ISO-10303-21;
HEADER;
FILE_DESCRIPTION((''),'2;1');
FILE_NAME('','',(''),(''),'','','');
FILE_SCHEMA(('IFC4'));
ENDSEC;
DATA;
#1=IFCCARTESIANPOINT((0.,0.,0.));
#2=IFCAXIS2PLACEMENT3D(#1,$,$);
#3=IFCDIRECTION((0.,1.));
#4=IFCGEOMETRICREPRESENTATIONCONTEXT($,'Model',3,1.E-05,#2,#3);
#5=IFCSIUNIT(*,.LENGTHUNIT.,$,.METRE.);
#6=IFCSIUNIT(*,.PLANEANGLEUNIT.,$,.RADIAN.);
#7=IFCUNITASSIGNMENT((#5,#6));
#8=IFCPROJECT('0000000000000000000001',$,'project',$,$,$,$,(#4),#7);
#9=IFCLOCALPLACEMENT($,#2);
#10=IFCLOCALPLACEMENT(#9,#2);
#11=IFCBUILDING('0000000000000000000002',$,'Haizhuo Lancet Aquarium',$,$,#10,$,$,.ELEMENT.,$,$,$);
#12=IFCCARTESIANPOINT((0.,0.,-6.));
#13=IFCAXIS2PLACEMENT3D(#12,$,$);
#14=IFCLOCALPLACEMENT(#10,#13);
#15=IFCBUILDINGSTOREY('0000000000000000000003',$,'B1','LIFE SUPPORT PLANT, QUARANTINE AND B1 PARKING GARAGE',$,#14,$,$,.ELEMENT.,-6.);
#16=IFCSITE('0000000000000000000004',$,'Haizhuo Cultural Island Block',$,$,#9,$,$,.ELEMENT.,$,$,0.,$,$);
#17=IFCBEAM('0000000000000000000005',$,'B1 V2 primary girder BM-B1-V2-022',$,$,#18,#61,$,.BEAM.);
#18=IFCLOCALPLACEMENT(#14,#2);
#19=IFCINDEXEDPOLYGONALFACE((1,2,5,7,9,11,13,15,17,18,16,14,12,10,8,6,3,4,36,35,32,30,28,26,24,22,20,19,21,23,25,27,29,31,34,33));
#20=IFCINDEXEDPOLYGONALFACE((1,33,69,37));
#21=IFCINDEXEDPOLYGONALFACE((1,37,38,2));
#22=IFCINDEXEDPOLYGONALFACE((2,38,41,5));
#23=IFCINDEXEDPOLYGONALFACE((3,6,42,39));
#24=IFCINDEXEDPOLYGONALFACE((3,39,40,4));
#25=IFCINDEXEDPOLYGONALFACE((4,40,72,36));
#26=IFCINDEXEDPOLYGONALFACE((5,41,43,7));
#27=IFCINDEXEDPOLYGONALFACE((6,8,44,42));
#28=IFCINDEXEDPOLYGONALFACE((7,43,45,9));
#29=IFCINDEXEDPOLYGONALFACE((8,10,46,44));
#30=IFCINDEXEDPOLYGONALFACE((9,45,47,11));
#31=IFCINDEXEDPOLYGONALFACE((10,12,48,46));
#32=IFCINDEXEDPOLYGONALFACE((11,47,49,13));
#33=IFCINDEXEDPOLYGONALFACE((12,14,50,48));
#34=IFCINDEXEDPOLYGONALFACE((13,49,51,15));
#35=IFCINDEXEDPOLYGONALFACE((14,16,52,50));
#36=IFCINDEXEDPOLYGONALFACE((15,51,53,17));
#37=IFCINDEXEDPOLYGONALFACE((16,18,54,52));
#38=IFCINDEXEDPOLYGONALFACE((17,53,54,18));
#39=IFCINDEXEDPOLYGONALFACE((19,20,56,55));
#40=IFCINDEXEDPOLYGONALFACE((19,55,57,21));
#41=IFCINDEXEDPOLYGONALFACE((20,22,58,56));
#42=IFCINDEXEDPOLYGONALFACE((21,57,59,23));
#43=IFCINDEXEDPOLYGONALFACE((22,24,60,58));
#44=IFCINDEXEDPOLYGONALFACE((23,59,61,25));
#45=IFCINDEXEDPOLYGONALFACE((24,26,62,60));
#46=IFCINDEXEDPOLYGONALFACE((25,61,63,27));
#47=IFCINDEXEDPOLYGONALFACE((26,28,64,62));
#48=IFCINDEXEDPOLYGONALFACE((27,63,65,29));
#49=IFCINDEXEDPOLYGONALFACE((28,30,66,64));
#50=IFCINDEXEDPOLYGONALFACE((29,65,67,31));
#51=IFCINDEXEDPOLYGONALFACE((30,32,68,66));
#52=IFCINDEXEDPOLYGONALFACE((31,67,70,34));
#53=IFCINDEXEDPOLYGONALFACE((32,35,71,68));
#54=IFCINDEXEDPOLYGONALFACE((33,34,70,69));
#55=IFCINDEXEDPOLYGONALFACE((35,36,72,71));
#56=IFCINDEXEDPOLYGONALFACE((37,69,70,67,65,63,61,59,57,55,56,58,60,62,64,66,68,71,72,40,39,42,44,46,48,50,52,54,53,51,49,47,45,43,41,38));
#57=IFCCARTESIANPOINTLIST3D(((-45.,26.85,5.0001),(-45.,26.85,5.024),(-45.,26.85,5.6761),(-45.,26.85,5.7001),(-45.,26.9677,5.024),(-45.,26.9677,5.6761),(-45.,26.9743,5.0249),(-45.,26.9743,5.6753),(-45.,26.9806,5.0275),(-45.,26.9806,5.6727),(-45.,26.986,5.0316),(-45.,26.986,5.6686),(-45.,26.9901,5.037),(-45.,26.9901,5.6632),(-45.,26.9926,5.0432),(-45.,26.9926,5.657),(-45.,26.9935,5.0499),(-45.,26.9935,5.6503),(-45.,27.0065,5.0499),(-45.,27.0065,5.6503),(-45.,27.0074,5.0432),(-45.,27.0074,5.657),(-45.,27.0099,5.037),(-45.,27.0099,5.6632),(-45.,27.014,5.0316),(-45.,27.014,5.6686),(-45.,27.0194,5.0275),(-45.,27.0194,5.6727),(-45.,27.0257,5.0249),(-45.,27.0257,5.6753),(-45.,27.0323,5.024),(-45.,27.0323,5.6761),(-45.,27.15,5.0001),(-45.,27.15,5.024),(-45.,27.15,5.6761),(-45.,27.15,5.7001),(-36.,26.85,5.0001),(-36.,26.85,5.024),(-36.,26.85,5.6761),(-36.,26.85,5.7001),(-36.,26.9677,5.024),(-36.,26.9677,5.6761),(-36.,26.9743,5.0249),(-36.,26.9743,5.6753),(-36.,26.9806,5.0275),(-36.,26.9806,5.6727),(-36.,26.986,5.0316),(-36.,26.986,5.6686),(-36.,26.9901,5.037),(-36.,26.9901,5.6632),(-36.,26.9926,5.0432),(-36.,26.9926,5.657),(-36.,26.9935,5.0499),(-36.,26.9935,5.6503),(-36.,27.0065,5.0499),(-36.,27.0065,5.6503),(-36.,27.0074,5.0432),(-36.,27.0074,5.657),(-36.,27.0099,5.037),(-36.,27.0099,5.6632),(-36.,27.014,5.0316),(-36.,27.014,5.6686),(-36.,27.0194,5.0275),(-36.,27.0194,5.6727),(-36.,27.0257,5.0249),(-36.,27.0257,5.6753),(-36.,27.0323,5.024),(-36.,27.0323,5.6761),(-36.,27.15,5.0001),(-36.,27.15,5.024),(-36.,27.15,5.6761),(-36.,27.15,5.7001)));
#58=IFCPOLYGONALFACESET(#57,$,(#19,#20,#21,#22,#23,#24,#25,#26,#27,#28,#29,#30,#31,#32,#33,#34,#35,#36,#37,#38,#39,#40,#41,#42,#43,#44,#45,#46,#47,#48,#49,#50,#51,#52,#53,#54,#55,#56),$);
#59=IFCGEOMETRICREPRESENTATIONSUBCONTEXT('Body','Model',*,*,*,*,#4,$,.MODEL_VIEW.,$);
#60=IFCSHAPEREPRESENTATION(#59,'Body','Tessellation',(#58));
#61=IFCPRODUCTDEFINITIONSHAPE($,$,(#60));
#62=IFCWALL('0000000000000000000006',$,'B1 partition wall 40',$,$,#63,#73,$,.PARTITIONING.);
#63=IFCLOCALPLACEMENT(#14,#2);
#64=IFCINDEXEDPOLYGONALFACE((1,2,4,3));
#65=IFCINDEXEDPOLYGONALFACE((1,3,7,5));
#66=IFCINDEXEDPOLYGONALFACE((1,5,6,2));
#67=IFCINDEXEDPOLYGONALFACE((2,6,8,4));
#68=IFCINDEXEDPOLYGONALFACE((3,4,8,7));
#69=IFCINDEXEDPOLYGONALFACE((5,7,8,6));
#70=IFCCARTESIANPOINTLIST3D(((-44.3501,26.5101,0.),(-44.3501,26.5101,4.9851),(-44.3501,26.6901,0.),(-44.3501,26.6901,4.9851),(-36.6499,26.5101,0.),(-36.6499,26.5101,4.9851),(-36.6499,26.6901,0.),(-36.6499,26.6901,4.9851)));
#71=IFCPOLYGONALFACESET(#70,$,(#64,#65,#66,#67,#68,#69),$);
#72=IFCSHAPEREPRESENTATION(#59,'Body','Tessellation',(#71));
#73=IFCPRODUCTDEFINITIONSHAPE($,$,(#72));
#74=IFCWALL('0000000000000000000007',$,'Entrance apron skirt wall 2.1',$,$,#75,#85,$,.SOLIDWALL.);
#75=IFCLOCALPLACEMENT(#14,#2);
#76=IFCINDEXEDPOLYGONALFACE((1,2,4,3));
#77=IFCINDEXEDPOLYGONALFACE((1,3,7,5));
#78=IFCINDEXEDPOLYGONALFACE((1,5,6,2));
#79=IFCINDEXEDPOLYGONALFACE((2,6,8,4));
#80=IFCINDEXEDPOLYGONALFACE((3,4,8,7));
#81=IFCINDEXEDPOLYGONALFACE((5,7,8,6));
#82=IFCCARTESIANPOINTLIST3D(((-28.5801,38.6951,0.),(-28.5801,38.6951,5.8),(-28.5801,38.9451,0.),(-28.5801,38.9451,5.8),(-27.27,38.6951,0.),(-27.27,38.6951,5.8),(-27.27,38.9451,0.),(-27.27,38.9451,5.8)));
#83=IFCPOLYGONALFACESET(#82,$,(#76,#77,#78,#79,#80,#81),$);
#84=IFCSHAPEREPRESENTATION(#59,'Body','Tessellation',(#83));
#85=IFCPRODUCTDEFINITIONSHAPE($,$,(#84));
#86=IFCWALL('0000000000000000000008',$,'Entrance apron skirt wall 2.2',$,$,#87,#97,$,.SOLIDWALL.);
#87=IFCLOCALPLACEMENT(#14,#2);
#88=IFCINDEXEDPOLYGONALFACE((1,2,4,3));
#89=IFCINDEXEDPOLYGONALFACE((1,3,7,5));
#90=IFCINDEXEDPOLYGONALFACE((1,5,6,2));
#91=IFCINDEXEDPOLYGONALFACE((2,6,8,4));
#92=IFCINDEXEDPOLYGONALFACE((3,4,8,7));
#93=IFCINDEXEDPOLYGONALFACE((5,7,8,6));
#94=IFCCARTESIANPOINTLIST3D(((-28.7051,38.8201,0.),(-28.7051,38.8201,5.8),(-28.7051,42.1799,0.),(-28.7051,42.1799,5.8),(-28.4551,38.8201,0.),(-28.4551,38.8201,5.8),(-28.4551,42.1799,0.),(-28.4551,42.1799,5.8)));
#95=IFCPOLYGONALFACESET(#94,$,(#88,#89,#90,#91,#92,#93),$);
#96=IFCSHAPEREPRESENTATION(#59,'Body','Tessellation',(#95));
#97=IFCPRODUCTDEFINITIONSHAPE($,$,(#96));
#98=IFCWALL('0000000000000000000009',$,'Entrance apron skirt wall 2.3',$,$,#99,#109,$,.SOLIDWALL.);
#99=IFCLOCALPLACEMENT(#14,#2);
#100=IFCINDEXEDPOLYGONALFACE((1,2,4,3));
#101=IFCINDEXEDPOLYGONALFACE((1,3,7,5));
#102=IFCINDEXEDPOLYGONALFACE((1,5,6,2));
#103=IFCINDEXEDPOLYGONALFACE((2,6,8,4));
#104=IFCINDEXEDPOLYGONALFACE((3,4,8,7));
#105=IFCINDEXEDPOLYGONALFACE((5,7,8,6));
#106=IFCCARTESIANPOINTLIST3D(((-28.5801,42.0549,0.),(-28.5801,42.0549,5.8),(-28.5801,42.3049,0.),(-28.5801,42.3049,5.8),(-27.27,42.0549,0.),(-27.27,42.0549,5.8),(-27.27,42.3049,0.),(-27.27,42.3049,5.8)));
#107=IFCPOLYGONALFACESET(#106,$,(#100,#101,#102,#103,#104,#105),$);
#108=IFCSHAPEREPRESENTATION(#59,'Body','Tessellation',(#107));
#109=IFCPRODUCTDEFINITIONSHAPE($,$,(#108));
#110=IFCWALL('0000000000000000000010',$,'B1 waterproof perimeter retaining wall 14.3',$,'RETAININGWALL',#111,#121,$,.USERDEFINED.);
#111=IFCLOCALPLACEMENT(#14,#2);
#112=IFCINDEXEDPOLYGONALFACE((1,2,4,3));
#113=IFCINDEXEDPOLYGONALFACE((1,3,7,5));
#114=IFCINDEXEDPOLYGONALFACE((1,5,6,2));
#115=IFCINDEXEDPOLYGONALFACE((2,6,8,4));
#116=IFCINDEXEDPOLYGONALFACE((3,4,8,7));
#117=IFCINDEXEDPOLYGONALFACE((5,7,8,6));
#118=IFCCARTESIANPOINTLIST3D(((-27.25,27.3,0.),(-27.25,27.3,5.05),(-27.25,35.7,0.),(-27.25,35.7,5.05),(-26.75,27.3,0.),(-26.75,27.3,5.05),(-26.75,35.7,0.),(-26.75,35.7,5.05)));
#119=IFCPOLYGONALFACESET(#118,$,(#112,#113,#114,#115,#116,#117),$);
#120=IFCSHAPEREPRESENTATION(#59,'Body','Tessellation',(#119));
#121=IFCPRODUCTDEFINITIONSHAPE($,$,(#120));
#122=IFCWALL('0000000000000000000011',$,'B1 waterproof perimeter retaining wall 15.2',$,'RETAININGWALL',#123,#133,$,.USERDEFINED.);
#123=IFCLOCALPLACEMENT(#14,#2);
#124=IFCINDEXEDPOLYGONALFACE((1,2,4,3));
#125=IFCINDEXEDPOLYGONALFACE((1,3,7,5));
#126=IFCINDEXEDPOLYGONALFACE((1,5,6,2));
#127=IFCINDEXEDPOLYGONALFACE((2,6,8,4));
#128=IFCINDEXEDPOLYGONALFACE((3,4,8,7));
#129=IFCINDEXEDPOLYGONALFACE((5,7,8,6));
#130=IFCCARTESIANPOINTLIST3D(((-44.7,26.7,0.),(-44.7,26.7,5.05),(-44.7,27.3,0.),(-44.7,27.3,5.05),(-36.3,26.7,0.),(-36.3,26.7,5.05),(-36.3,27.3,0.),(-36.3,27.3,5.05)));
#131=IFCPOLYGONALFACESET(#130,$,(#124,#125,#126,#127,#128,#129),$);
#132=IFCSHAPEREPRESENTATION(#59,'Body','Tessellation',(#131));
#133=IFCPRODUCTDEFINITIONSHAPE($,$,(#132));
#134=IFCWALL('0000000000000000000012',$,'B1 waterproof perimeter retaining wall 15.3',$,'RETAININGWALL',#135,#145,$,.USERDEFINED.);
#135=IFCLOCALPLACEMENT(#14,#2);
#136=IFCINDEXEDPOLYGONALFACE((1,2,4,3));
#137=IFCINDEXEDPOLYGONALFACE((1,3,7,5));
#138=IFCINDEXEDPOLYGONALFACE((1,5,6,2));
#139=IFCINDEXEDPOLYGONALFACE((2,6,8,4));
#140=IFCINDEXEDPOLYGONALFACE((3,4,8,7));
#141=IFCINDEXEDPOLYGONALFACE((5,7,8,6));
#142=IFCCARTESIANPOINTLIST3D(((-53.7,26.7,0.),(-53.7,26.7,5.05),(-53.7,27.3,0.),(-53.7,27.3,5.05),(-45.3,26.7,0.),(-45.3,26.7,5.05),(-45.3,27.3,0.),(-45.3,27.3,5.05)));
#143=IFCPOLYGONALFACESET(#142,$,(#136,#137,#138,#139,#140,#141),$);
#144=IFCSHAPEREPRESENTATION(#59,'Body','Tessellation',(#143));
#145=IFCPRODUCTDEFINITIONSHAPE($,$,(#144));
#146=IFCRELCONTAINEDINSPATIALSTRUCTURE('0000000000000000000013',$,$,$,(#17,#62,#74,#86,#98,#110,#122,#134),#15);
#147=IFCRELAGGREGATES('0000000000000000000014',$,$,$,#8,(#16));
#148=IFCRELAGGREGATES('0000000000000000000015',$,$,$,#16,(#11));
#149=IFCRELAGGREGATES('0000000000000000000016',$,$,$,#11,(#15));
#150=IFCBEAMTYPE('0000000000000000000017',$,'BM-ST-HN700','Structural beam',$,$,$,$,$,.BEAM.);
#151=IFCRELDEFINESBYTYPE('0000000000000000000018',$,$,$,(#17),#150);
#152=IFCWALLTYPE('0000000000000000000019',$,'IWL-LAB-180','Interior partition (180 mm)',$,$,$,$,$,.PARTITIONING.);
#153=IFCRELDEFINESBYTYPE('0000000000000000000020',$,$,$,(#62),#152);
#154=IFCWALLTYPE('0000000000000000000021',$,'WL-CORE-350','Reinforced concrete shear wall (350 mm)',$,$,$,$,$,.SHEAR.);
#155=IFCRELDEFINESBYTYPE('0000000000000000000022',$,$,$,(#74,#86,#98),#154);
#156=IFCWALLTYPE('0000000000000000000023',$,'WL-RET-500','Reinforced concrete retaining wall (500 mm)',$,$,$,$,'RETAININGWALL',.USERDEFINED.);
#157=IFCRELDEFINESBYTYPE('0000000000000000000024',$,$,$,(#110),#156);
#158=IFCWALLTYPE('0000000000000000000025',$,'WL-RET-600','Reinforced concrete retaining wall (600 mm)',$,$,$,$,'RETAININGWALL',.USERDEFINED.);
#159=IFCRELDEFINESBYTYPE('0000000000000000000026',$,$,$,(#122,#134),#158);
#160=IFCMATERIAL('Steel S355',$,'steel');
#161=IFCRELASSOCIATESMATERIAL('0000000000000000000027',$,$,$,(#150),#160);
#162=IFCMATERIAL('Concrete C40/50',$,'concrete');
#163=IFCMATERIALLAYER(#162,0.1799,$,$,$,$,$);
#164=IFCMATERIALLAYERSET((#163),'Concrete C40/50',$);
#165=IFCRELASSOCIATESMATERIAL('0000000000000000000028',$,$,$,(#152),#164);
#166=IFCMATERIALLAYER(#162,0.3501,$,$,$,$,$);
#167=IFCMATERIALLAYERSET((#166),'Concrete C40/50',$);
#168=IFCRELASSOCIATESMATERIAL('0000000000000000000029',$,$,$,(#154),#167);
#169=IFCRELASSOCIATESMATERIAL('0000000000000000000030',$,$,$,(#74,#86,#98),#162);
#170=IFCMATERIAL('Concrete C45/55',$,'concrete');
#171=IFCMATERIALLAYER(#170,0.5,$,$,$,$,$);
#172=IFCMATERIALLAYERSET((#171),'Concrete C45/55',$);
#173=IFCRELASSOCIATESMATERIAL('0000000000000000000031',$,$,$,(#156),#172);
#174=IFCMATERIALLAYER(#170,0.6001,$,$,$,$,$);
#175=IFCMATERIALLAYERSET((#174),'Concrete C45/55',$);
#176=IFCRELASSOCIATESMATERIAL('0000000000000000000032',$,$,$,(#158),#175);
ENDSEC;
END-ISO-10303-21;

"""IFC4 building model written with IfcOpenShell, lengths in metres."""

from ifc_helpers import new_model, si_unit, direction, frame, frame_2d, origin, origin_2d, place, context, subcontext, project, spatial, rectangle, i_section, extrude, material, layer, layer_set, material_profile, profile_set, type_object, element, save


model = new_model("IFC4")

# Units and contexts
model_context = context("Model", 3, precision=1e-05, world=origin(), true_north=direction((0.0, 1.0)))
body_context = subcontext(model_context, "Body", "Model", "MODEL_VIEW")
ifc_project = project(units=[si_unit("LENGTHUNIT", "METRE"), si_unit("PLANEANGLEUNIT", "RADIAN")], contexts=[model_context])

# Site, building, storey
site_placement = place(None, origin())
site = spatial("IfcSite", under=ifc_project, at=site_placement, Name="Haizhuo Cultural Island Block", CompositionType="ELEMENT", RefElevation=0.0)
building_placement = place(site_placement, origin())
building = spatial("IfcBuilding", under=site, at=building_placement, Name="Haizhuo Lancet Aquarium", CompositionType="ELEMENT")
storey_placement = place(building_placement, frame((0.0, 0.0, -6.0)))
storey = spatial("IfcBuildingStorey", under=building, at=storey_placement, Name="B1", Description="LIFE SUPPORT PLANT, QUARANTINE AND B1 PARKING GARAGE", CompositionType="ELEMENT", Elevation=-6.0)

# Shared definitions
ifc_material_1 = material(Name="Concrete C40/50", Category="concrete")

# Beam
ifc_material_2 = material(Name="Steel S355", Category="steel")
ifc_material_profile_1 = material_profile(ifc_material_2, i_section(OverallWidth=0.3, OverallDepth=0.7, WebThickness=0.0129, FlangeThickness=0.0239, FilletRadius=0.0259, at=origin_2d()), Name="HN 700x300x13x24")
ifc_profile_set_1 = profile_set([ifc_material_profile_1], Name="Steel S355")
beam_type = type_object("IfcBeamType", Name="BM-ST-HN700", Description="Structural beam", PredefinedType="BEAM", material=ifc_profile_set_1)
for number, where, z_axis, x_axis, name in (
    (1, (-45.0, 27.0, 5.3501), (1.0, 0.0, 0.0), (0.0, 1.0, 0.0), "B1 V2 primary girder BM-B1-V2-022"),
):
    element("IfcBeam", number, at=place(storey_placement, frame(where, z_axis=z_axis, x_axis=x_axis)), inside=storey, type_object=beam_type, Name=name, PredefinedType="BEAM", context=body_context, shape_type="SweptSolid", body=[
        extrude(i_section(OverallWidth=0.3, OverallDepth=0.7, WebThickness=0.0129, FlangeThickness=0.0239, FilletRadius=0.0259, at=origin_2d()), origin(), (0.0, 0.0, 1.0), 9.0),
    ])

# Walls
ifc_layer_1 = layer(ifc_material_1, 0.1799)
ifc_layer_set_1 = layer_set([ifc_layer_1], Name="Concrete C40/50")
wall_type_1 = type_object("IfcWallType", Name="IWL-LAB-180", Description="Interior partition (180 mm)", PredefinedType="PARTITIONING", material=ifc_layer_set_1)
wall_1_placement = place(storey_placement, frame((-36.6499, 26.6001, 0.0), z_axis=(0.0, 0.0, 1.0), x_axis=(-1.0, 0.0, 0.0)))
element("IfcWall", 2, at=wall_1_placement, inside=storey, type_object=wall_type_1, Name="B1 partition wall 40", PredefinedType="PARTITIONING", context=body_context, shape_type="SweptSolid", body=[
    extrude(rectangle(XDim=7.7002, YDim=0.1799, at=frame_2d((3.8501, 0.0))), origin(), (0.0, 0.0, 1.0), 4.9851),
])
ifc_layer_2 = layer(ifc_material_1, 0.3501)
ifc_layer_set_2 = layer_set([ifc_layer_2], Name="Concrete C40/50")
wall_type_2 = type_object("IfcWallType", Name="WL-CORE-350", Description="Reinforced concrete shear wall (350 mm)", PredefinedType="SHEAR", material=ifc_layer_set_2)
wall_2_placement = place(storey_placement, frame((-27.27, 38.8201, 0.0), z_axis=(0.0, 0.0, 1.0), x_axis=(-1.0, 0.0, 0.0)))
element("IfcWall", 3, at=wall_2_placement, inside=storey, type_object=wall_type_2, material=ifc_material_1, Name="Entrance apron skirt wall 2.1", PredefinedType="SOLIDWALL", context=body_context, shape_type="SweptSolid", body=[
    extrude(rectangle(XDim=1.3101, YDim=0.25, at=frame_2d((0.655, 0.0))), origin(), (0.0, 0.0, 1.0), 5.8),
])
wall_3_placement = place(storey_placement, frame((-28.5801, 38.8201, 0.0), z_axis=(0.0, 0.0, 1.0), x_axis=(0.0, 1.0, 0.0)))
element("IfcWall", 4, at=wall_3_placement, inside=storey, type_object=wall_type_2, material=ifc_material_1, Name="Entrance apron skirt wall 2.2", PredefinedType="SOLIDWALL", context=body_context, shape_type="SweptSolid", body=[
    extrude(rectangle(XDim=3.3599, YDim=0.25, at=frame_2d((1.6799, 0.0))), origin(), (0.0, 0.0, 1.0), 5.8),
])
wall_4_placement = place(storey_placement, frame((-28.5801, 42.1799, 0.0), z_axis=(0.0, 0.0, 1.0), x_axis=(1.0, 0.0, 0.0)))
element("IfcWall", 5, at=wall_4_placement, inside=storey, type_object=wall_type_2, material=ifc_material_1, Name="Entrance apron skirt wall 2.3", PredefinedType="SOLIDWALL", context=body_context, shape_type="SweptSolid", body=[
    extrude(rectangle(XDim=1.3101, YDim=0.25, at=frame_2d((0.655, 0.0))), origin(), (0.0, 0.0, 1.0), 5.8),
])
ifc_material_3 = material(Name="Concrete C45/55", Category="concrete")
ifc_layer_3 = layer(ifc_material_3, 0.5)
ifc_layer_set_3 = layer_set([ifc_layer_3], Name="Concrete C45/55")
wall_type_3 = type_object("IfcWallType", Name="WL-RET-500", Description="Reinforced concrete retaining wall (500 mm)", ElementType="RETAININGWALL", PredefinedType="USERDEFINED", material=ifc_layer_set_3)
wall_5_placement = place(storey_placement, frame((-27.0, 35.7, 0.0), z_axis=(0.0, 0.0, 1.0), x_axis=(0.0, -1.0, 0.0)))
element("IfcWall", 6, at=wall_5_placement, inside=storey, type_object=wall_type_3, Name="B1 waterproof perimeter retaining wall 14.3", ObjectType="RETAININGWALL", PredefinedType="USERDEFINED", context=body_context, shape_type="SweptSolid", body=[
    extrude(rectangle(XDim=8.3999, YDim=0.5, at=frame_2d((4.2, 0.0))), origin(), (0.0, 0.0, 1.0), 5.05),
])
ifc_layer_4 = layer(ifc_material_3, 0.6001)
ifc_layer_set_4 = layer_set([ifc_layer_4], Name="Concrete C45/55")
wall_type_4 = type_object("IfcWallType", Name="WL-RET-600", Description="Reinforced concrete retaining wall (600 mm)", ElementType="RETAININGWALL", PredefinedType="USERDEFINED", material=ifc_layer_set_4)
for number, where, z_axis, x_axis, name in (
    (7, (-36.3, 27.0, 0.0), (0.0, 0.0, 1.0), (-1.0, 0.0, 0.0), "B1 waterproof perimeter retaining wall 15.2"),
    (8, (-45.3, 27.0, 0.0), (0.0, 0.0, 1.0), (-1.0, 0.0, 0.0), "B1 waterproof perimeter retaining wall 15.3"),
):
    element("IfcWall", number, at=place(storey_placement, frame(where, z_axis=z_axis, x_axis=x_axis)), inside=storey, type_object=wall_type_4, Name=name, ObjectType="RETAININGWALL", PredefinedType="USERDEFINED", context=body_context, shape_type="SweptSolid", body=[
        extrude(rectangle(XDim=8.3999, YDim=0.6001, at=frame_2d((4.2, 0.0))), origin(), (0.0, 0.0, 1.0), 5.05),
    ])

save(model, "model.ifc")
